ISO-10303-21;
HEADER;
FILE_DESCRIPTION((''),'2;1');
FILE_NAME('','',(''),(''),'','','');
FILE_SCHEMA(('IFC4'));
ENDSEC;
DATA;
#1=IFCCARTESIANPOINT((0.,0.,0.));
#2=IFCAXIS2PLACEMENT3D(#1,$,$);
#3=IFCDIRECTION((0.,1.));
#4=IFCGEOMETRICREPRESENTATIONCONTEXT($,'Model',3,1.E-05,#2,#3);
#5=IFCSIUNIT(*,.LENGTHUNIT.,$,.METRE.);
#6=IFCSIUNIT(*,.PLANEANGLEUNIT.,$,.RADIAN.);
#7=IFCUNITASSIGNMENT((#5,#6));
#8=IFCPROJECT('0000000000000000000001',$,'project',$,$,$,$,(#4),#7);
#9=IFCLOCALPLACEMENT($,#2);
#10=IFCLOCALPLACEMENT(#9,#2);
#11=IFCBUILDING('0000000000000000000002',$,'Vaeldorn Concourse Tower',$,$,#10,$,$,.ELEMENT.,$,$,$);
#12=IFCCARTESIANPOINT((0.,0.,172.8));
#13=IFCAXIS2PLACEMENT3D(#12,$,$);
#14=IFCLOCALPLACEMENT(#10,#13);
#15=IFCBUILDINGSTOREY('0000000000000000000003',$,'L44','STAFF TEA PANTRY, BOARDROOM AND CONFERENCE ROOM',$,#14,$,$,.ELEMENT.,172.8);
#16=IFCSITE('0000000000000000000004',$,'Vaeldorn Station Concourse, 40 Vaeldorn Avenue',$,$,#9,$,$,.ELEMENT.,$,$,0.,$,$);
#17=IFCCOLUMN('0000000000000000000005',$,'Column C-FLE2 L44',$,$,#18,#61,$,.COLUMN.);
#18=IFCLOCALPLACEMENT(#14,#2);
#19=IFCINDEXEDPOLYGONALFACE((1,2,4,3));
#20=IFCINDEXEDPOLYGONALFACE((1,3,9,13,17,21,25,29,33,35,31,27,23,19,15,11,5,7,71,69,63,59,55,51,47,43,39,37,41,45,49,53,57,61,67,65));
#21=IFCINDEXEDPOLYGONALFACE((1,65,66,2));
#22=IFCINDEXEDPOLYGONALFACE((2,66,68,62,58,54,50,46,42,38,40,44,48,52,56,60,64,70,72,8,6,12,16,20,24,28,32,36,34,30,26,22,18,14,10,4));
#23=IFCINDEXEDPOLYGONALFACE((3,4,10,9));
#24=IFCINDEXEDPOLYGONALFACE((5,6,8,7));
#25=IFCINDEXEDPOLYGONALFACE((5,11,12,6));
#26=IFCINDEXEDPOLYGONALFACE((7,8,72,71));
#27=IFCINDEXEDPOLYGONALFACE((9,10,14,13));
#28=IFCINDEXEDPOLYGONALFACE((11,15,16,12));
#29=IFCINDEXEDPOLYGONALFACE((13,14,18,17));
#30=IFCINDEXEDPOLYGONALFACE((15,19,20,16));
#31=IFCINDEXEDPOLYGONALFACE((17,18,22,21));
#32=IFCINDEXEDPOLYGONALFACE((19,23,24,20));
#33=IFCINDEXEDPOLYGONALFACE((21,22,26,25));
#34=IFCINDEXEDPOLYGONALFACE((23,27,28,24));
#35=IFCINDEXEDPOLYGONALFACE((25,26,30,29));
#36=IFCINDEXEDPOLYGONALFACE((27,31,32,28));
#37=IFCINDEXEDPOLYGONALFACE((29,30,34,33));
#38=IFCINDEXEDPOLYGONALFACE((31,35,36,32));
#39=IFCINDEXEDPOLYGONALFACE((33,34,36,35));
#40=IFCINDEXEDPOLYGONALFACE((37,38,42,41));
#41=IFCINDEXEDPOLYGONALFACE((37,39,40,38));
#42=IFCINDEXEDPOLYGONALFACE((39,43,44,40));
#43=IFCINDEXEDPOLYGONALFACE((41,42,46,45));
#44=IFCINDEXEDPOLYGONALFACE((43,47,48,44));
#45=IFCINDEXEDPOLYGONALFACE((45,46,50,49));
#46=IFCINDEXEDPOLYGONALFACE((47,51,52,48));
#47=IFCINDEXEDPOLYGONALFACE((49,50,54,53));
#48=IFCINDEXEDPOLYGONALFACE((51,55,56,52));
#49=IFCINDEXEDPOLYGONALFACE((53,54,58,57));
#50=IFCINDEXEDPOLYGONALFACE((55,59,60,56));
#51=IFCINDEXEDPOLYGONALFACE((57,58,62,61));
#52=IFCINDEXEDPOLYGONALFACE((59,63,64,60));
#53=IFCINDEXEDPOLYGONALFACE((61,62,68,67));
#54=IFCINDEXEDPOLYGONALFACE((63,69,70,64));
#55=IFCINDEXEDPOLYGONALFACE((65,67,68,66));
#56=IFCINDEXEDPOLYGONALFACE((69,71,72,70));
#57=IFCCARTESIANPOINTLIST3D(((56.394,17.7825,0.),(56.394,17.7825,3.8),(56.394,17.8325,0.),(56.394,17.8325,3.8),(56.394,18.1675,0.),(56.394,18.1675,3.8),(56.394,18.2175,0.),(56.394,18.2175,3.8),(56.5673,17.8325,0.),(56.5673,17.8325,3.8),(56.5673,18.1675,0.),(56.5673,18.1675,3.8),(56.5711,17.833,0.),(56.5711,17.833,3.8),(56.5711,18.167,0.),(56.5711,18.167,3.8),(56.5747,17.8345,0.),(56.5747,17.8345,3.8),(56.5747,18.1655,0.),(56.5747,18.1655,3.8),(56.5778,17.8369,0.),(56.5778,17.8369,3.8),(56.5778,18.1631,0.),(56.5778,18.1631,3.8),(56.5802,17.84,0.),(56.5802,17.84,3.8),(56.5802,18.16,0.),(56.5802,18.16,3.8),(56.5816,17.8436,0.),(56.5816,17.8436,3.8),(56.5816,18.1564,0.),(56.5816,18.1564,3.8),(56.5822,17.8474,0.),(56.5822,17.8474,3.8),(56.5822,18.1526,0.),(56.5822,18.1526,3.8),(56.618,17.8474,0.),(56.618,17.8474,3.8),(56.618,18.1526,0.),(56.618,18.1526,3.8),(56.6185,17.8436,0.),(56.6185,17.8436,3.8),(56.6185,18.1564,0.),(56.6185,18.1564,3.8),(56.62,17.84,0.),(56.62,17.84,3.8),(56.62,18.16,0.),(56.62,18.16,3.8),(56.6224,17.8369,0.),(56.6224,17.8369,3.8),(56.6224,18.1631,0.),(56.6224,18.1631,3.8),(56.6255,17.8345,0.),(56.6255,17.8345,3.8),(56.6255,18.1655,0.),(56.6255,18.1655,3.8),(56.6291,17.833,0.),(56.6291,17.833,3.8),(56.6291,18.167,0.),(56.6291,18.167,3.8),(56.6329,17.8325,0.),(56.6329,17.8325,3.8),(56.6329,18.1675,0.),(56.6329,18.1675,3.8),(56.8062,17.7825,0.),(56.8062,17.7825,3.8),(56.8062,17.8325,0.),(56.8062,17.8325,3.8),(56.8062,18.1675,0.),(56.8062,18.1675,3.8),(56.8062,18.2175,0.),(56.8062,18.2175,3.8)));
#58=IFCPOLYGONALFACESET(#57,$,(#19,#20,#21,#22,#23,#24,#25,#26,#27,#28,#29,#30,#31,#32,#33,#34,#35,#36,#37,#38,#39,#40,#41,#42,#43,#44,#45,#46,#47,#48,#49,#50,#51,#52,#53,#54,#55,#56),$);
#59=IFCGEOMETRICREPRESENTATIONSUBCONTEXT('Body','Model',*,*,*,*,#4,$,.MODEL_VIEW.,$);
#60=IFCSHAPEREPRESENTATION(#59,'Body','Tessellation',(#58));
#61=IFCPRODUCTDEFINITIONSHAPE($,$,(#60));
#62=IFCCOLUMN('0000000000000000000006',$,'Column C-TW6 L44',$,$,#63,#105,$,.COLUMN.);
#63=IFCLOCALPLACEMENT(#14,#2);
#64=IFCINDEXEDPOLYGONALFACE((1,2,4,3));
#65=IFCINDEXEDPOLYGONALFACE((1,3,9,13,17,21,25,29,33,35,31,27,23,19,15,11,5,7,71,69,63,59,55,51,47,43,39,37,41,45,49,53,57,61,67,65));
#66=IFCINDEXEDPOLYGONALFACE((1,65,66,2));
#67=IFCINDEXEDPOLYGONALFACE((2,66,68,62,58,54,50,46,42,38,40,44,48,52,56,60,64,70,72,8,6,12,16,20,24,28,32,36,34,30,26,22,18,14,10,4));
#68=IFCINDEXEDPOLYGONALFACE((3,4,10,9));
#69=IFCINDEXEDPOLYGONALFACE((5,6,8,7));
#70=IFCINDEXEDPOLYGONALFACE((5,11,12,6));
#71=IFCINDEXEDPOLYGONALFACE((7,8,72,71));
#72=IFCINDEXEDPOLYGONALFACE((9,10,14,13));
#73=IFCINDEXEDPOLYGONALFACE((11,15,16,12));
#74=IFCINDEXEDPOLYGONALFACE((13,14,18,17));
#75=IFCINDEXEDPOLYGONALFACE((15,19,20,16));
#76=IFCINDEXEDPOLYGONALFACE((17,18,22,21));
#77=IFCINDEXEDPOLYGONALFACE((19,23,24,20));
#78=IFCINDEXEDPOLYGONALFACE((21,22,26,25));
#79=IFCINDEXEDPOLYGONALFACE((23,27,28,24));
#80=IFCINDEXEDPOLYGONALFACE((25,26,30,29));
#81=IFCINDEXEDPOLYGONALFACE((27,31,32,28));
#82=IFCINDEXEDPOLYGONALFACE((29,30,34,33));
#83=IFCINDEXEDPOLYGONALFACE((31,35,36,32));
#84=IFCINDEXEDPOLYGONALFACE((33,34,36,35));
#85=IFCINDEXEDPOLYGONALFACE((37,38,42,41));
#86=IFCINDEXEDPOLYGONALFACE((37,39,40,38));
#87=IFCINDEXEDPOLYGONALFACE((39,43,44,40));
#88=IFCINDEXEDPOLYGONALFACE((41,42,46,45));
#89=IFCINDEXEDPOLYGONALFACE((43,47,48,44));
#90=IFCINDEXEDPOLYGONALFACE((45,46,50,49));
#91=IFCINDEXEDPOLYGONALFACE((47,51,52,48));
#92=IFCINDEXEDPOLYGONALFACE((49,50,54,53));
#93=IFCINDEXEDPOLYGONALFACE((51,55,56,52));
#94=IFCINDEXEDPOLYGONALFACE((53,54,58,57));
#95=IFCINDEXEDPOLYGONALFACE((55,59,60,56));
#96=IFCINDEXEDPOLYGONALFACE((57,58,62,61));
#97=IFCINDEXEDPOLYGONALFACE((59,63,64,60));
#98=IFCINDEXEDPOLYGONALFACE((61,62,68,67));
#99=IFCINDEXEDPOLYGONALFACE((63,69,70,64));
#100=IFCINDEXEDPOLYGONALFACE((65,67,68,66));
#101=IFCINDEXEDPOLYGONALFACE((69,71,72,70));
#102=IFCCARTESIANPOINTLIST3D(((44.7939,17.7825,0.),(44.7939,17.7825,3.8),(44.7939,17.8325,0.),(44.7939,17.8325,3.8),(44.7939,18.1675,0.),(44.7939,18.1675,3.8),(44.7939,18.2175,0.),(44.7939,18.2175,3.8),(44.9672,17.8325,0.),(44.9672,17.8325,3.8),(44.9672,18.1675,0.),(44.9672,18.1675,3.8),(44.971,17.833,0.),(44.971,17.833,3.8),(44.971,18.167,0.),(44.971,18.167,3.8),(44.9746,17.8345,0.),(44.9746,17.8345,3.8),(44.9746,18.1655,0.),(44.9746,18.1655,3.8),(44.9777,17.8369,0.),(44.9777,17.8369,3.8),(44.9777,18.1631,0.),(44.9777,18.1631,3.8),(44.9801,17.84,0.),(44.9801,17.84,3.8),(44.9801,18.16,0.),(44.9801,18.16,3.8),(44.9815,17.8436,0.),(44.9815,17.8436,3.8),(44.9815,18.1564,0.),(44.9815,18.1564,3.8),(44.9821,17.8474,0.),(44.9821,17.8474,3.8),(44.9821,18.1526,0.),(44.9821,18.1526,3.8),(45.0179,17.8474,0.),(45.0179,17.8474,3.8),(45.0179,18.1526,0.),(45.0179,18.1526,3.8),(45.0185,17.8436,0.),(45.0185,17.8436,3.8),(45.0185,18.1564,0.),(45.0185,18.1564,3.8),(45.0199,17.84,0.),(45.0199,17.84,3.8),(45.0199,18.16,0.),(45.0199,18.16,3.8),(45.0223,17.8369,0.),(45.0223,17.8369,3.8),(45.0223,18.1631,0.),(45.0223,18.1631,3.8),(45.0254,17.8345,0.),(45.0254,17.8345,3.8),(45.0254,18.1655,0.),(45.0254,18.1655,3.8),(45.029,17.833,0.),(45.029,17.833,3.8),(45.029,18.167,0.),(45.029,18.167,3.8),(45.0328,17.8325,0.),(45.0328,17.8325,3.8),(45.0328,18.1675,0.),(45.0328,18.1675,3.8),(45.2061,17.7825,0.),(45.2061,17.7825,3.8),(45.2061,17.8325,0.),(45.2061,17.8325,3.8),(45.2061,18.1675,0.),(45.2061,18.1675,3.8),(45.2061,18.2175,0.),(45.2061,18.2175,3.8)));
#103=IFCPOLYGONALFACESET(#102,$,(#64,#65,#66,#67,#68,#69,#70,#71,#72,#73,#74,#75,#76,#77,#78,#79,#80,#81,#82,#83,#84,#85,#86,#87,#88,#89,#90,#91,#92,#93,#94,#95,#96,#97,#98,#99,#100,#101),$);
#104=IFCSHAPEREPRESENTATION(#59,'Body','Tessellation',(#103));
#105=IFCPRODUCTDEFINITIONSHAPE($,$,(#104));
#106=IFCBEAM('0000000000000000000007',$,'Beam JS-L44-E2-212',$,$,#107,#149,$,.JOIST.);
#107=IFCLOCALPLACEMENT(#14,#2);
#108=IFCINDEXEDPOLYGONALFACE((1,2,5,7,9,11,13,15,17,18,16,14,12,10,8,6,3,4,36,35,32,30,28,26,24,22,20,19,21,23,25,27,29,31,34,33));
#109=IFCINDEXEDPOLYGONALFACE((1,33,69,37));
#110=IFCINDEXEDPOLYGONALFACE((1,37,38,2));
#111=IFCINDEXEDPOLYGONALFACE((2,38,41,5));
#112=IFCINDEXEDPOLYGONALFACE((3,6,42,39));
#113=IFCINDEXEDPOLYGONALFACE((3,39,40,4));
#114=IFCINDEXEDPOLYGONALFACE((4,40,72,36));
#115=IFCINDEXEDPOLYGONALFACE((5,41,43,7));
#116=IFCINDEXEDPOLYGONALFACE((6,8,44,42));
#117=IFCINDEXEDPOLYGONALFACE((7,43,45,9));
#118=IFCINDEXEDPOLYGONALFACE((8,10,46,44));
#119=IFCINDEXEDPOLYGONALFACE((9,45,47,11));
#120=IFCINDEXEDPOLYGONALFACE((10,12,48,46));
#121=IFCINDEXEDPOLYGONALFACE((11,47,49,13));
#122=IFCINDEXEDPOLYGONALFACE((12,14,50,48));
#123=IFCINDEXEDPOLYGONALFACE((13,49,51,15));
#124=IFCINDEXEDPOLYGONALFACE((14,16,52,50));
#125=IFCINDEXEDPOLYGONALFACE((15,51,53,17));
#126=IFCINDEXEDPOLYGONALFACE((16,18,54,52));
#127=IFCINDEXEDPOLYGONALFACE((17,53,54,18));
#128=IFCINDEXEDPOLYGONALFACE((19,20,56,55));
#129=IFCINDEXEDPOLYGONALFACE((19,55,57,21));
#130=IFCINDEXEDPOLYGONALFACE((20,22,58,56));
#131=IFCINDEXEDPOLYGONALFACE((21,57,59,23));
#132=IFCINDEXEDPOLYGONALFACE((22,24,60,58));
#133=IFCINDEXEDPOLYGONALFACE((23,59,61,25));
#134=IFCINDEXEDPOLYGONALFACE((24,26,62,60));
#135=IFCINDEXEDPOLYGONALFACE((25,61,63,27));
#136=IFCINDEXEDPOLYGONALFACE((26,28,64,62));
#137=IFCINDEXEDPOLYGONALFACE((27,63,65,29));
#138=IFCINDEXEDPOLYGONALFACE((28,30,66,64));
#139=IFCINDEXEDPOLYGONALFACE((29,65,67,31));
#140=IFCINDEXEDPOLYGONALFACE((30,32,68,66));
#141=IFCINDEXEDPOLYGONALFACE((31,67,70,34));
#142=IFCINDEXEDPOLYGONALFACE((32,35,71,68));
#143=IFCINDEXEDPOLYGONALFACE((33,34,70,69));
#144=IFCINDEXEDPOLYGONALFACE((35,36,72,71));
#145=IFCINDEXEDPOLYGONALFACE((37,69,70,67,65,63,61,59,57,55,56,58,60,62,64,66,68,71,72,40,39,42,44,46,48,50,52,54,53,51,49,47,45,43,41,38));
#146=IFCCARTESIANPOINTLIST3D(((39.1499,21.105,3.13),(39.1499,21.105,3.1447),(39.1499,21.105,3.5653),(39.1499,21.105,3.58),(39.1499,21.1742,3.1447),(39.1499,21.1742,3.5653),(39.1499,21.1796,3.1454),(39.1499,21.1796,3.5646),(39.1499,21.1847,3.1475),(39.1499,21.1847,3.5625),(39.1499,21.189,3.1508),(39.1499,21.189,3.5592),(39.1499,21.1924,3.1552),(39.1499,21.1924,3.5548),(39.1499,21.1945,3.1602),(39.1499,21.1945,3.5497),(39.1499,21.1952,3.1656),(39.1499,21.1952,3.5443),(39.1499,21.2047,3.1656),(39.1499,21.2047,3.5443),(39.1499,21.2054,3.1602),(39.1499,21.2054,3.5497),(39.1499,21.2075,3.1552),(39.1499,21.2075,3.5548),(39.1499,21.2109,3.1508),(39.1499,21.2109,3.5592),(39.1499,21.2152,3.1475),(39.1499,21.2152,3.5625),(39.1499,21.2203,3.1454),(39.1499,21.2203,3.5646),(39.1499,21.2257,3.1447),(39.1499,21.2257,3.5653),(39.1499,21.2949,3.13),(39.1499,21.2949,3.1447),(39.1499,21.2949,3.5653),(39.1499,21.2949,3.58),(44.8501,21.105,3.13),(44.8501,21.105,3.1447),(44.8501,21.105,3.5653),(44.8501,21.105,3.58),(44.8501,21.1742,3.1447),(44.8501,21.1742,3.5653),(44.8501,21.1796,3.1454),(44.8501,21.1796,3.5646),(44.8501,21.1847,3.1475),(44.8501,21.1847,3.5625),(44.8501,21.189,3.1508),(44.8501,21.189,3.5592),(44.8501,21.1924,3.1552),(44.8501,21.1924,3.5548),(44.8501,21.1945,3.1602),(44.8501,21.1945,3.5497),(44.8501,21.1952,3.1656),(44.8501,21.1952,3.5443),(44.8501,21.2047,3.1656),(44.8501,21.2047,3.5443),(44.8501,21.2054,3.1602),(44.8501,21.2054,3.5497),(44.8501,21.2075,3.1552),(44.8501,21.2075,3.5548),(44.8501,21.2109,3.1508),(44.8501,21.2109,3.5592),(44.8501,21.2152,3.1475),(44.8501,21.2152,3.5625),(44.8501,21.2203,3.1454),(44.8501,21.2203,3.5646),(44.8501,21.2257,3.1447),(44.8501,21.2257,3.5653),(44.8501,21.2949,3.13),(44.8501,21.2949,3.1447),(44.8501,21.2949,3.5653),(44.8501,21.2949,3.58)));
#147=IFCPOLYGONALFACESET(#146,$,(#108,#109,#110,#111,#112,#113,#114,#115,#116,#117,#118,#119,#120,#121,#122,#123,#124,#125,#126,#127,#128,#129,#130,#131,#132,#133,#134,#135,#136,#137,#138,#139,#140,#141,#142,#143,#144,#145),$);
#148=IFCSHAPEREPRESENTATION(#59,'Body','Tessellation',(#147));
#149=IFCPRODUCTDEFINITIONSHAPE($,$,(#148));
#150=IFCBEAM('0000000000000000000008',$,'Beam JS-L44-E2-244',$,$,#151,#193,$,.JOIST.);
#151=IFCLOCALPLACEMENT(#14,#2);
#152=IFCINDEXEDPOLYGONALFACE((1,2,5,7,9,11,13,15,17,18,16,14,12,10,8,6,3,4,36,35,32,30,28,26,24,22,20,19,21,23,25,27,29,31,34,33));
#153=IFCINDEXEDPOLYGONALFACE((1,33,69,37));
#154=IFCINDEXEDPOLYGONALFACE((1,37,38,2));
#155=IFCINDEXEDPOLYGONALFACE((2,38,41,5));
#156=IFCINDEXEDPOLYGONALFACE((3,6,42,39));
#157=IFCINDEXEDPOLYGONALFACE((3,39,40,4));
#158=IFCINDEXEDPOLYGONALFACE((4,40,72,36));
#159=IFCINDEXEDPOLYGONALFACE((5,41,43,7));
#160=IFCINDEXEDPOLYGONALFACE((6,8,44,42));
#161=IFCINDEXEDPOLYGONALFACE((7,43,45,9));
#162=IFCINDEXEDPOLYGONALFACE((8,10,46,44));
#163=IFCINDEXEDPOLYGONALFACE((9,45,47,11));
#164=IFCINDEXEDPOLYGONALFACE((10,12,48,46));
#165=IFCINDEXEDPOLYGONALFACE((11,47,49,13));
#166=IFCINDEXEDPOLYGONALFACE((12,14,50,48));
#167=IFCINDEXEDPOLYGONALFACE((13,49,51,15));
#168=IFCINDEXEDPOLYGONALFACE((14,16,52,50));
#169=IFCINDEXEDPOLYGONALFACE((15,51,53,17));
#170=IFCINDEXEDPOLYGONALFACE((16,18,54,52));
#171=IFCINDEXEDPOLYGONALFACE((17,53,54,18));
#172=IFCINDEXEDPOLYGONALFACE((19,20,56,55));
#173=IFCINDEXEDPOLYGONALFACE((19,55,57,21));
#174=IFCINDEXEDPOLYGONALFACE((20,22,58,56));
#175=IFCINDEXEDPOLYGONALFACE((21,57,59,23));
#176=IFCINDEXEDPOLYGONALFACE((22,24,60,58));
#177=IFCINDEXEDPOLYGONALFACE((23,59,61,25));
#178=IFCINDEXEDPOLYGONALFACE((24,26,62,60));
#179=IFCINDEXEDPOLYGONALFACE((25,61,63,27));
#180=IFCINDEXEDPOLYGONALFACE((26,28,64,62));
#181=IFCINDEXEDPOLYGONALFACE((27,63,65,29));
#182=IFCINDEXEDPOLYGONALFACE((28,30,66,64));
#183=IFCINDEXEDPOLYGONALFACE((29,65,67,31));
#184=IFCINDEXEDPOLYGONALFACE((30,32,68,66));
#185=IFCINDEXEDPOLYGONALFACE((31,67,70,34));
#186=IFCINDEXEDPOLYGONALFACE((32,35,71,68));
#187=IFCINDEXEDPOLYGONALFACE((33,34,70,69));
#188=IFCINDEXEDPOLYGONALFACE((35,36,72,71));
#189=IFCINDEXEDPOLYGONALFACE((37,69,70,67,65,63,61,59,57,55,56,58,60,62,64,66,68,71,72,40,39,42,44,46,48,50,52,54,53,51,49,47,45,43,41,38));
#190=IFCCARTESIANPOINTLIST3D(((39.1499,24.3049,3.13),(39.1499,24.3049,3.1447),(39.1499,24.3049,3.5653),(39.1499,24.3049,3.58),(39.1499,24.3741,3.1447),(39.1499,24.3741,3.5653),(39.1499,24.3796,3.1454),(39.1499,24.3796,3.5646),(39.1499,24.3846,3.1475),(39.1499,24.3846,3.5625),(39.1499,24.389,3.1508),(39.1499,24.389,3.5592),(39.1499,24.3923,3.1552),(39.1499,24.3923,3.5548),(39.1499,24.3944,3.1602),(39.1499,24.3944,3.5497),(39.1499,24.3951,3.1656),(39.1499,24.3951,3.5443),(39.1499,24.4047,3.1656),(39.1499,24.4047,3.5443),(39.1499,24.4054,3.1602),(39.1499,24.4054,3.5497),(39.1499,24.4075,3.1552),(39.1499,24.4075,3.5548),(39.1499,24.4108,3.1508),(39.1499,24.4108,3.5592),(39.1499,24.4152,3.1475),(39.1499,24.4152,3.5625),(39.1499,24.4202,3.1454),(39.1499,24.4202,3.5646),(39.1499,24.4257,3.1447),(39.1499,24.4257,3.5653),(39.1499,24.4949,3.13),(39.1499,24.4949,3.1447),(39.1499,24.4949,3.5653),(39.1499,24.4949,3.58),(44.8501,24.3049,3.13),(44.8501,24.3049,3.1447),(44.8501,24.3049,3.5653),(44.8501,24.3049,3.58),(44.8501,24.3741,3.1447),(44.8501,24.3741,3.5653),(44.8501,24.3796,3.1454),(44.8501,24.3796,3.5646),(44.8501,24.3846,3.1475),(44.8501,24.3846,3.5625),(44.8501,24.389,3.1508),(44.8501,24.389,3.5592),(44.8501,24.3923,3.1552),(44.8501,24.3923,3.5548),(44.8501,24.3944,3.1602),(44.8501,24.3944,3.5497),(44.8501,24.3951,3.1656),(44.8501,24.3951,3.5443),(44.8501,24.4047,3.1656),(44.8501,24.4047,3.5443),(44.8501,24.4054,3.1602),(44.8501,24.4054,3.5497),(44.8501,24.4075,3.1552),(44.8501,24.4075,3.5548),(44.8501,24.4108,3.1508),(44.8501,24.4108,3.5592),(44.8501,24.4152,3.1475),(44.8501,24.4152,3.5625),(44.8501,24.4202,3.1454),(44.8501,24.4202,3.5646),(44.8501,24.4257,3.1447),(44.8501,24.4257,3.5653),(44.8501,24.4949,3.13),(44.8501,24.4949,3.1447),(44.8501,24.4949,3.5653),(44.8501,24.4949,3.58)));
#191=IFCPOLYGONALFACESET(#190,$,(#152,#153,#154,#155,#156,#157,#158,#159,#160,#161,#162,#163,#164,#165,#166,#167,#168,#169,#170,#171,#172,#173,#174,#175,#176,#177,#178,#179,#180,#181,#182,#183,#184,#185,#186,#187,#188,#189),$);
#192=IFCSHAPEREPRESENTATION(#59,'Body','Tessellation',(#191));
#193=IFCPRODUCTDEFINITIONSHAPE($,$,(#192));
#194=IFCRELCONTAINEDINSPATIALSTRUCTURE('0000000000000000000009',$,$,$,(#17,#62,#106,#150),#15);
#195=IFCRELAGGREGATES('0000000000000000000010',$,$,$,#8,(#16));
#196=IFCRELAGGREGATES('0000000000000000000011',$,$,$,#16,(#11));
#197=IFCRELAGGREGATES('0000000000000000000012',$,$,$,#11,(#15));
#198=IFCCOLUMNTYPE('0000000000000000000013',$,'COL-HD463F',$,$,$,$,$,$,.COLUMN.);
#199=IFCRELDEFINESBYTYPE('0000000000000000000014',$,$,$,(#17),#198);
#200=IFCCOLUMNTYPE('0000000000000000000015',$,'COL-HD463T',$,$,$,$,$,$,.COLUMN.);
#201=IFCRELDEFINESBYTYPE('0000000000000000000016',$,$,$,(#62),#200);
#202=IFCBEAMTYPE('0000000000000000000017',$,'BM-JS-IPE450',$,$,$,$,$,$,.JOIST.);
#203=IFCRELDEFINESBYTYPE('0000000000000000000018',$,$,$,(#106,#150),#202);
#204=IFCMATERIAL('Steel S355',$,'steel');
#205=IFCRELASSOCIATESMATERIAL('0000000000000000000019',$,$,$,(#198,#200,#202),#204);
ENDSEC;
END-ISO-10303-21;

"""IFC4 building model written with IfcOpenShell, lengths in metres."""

from ifc_helpers import new_model, si_unit, direction, frame, origin, origin_2d, place, context, subcontext, project, spatial, i_section, extrude, source, transform, mapped, material, material_profile, profile_set, type_object, element, save


model = new_model("IFC4")

# Units and contexts
model_context = context("Model", 3, precision=1e-05, world=origin(), true_north=direction((0.0, 1.0)))
body_context = subcontext(model_context, "Body", "Model", "MODEL_VIEW")
ifc_project = project(units=[si_unit("LENGTHUNIT", "METRE"), si_unit("PLANEANGLEUNIT", "RADIAN")], contexts=[model_context])

# Site, building, storey
site_placement = place(None, origin())
site = spatial("IfcSite", under=ifc_project, at=site_placement, Name="Vaeldorn Station Concourse, 40 Vaeldorn Avenue", CompositionType="ELEMENT", RefElevation=0.0)
building_placement = place(site_placement, origin())
building = spatial("IfcBuilding", under=site, at=building_placement, Name="Vaeldorn Concourse Tower", CompositionType="ELEMENT")
storey_placement = place(building_placement, frame((0.0, 0.0, 172.8)))
storey = spatial("IfcBuildingStorey", under=building, at=storey_placement, Name="L44", Description="STAFF TEA PANTRY, BOARDROOM AND CONFERENCE ROOM", CompositionType="ELEMENT", Elevation=172.8)

# Columns
ifc_material_1 = material(Name="Steel S355", Category="steel")
ifc_material_profile_1 = material_profile(ifc_material_1, i_section(OverallWidth=0.4121, OverallDepth=0.4351, WebThickness=0.0359, FlangeThickness=0.05, FilletRadius=0.0149, at=origin_2d()), Name="HD 400x463")
ifc_profile_set_1 = profile_set([ifc_material_profile_1], Name="Steel S355")
column_type_1 = type_object("IfcColumnType", Name="COL-HD463F", PredefinedType="COLUMN", material=ifc_profile_set_1)
shared_shape_1 = source(origin(), body_context, "Body", "SweptSolid", [
    extrude(i_section(OverallWidth=0.4121, OverallDepth=0.4351, WebThickness=0.0359, FlangeThickness=0.05, FilletRadius=0.0149, at=origin_2d()), origin(), (0.0, 0.0, 1.0), 3.8),
])
column_1_placement = place(storey_placement, frame((56.6001, 18.0, 0.0), z_axis=(0.0, 0.0, 1.0), x_axis=(1.0, 0.0, 0.0)))
element("IfcColumn", 1, at=column_1_placement, inside=storey, type_object=column_type_1, Name="Column C-FLE2 L44", PredefinedType="COLUMN", context=body_context, shape_type="MappedRepresentation", body=[
    mapped(shared_shape_1, transform((0.0, 0.0, 0.0), scale=1.0)),
])
ifc_material_profile_2 = material_profile(ifc_material_1, i_section(OverallWidth=0.4121, OverallDepth=0.4351, WebThickness=0.0359, FlangeThickness=0.05, FilletRadius=0.0149, at=origin_2d()), Name="HD 400x463")
ifc_profile_set_2 = profile_set([ifc_material_profile_2], Name="Steel S355")
column_type_2 = type_object("IfcColumnType", Name="COL-HD463T", PredefinedType="COLUMN", material=ifc_profile_set_2)
shared_shape_2 = source(origin(), body_context, "Body", "SweptSolid", [
    extrude(i_section(OverallWidth=0.4121, OverallDepth=0.4351, WebThickness=0.0359, FlangeThickness=0.05, FilletRadius=0.0149, at=origin_2d()), origin(), (0.0, 0.0, 1.0), 3.8),
])
column_2_placement = place(storey_placement, frame((45.0, 18.0, 0.0), z_axis=(0.0, 0.0, 1.0), x_axis=(1.0, 0.0, 0.0)))
element("IfcColumn", 2, at=column_2_placement, inside=storey, type_object=column_type_2, Name="Column C-TW6 L44", PredefinedType="COLUMN", context=body_context, shape_type="MappedRepresentation", body=[
    mapped(shared_shape_2, transform((0.0, 0.0, 0.0), scale=1.0)),
])

# Beams
ifc_material_profile_3 = material_profile(ifc_material_1, i_section(OverallWidth=0.1899, OverallDepth=0.45, WebThickness=0.0095, FlangeThickness=0.0146, FilletRadius=0.021, at=origin_2d()), Name="IPE 450")
ifc_profile_set_3 = profile_set([ifc_material_profile_3], Name="Steel S355")
beam_type_1 = type_object("IfcBeamType", Name="BM-JS-IPE450", PredefinedType="JOIST", material=ifc_profile_set_3)
shared_shape_3 = source(origin(), body_context, "Body", "SweptSolid", [
    extrude(i_section(OverallWidth=0.1899, OverallDepth=0.45, WebThickness=0.0095, FlangeThickness=0.0146, FilletRadius=0.021, at=origin_2d()), origin(), (0.0, 0.0, 1.0), 5.7002),
])
for number, where, z_axis, x_axis, name in (
    (3, (39.1499, 21.2, 3.355), (1.0, 0.0, 0.0), (0.0, 1.0, 0.0), "Beam JS-L44-E2-212"),
    (4, (39.1499, 24.3999, 3.355), (1.0, 0.0, 0.0), (0.0, 1.0, 0.0), "Beam JS-L44-E2-244"),
):
    element("IfcBeam", number, at=place(storey_placement, frame(where, z_axis=z_axis, x_axis=x_axis)), inside=storey, type_object=beam_type_1, Name=name, PredefinedType="JOIST", context=body_context, shape_type="MappedRepresentation", body=[
        mapped(shared_shape_3, transform((0.0, 0.0, 0.0), scale=1.0)),
    ])

save(model, "model.ifc")
